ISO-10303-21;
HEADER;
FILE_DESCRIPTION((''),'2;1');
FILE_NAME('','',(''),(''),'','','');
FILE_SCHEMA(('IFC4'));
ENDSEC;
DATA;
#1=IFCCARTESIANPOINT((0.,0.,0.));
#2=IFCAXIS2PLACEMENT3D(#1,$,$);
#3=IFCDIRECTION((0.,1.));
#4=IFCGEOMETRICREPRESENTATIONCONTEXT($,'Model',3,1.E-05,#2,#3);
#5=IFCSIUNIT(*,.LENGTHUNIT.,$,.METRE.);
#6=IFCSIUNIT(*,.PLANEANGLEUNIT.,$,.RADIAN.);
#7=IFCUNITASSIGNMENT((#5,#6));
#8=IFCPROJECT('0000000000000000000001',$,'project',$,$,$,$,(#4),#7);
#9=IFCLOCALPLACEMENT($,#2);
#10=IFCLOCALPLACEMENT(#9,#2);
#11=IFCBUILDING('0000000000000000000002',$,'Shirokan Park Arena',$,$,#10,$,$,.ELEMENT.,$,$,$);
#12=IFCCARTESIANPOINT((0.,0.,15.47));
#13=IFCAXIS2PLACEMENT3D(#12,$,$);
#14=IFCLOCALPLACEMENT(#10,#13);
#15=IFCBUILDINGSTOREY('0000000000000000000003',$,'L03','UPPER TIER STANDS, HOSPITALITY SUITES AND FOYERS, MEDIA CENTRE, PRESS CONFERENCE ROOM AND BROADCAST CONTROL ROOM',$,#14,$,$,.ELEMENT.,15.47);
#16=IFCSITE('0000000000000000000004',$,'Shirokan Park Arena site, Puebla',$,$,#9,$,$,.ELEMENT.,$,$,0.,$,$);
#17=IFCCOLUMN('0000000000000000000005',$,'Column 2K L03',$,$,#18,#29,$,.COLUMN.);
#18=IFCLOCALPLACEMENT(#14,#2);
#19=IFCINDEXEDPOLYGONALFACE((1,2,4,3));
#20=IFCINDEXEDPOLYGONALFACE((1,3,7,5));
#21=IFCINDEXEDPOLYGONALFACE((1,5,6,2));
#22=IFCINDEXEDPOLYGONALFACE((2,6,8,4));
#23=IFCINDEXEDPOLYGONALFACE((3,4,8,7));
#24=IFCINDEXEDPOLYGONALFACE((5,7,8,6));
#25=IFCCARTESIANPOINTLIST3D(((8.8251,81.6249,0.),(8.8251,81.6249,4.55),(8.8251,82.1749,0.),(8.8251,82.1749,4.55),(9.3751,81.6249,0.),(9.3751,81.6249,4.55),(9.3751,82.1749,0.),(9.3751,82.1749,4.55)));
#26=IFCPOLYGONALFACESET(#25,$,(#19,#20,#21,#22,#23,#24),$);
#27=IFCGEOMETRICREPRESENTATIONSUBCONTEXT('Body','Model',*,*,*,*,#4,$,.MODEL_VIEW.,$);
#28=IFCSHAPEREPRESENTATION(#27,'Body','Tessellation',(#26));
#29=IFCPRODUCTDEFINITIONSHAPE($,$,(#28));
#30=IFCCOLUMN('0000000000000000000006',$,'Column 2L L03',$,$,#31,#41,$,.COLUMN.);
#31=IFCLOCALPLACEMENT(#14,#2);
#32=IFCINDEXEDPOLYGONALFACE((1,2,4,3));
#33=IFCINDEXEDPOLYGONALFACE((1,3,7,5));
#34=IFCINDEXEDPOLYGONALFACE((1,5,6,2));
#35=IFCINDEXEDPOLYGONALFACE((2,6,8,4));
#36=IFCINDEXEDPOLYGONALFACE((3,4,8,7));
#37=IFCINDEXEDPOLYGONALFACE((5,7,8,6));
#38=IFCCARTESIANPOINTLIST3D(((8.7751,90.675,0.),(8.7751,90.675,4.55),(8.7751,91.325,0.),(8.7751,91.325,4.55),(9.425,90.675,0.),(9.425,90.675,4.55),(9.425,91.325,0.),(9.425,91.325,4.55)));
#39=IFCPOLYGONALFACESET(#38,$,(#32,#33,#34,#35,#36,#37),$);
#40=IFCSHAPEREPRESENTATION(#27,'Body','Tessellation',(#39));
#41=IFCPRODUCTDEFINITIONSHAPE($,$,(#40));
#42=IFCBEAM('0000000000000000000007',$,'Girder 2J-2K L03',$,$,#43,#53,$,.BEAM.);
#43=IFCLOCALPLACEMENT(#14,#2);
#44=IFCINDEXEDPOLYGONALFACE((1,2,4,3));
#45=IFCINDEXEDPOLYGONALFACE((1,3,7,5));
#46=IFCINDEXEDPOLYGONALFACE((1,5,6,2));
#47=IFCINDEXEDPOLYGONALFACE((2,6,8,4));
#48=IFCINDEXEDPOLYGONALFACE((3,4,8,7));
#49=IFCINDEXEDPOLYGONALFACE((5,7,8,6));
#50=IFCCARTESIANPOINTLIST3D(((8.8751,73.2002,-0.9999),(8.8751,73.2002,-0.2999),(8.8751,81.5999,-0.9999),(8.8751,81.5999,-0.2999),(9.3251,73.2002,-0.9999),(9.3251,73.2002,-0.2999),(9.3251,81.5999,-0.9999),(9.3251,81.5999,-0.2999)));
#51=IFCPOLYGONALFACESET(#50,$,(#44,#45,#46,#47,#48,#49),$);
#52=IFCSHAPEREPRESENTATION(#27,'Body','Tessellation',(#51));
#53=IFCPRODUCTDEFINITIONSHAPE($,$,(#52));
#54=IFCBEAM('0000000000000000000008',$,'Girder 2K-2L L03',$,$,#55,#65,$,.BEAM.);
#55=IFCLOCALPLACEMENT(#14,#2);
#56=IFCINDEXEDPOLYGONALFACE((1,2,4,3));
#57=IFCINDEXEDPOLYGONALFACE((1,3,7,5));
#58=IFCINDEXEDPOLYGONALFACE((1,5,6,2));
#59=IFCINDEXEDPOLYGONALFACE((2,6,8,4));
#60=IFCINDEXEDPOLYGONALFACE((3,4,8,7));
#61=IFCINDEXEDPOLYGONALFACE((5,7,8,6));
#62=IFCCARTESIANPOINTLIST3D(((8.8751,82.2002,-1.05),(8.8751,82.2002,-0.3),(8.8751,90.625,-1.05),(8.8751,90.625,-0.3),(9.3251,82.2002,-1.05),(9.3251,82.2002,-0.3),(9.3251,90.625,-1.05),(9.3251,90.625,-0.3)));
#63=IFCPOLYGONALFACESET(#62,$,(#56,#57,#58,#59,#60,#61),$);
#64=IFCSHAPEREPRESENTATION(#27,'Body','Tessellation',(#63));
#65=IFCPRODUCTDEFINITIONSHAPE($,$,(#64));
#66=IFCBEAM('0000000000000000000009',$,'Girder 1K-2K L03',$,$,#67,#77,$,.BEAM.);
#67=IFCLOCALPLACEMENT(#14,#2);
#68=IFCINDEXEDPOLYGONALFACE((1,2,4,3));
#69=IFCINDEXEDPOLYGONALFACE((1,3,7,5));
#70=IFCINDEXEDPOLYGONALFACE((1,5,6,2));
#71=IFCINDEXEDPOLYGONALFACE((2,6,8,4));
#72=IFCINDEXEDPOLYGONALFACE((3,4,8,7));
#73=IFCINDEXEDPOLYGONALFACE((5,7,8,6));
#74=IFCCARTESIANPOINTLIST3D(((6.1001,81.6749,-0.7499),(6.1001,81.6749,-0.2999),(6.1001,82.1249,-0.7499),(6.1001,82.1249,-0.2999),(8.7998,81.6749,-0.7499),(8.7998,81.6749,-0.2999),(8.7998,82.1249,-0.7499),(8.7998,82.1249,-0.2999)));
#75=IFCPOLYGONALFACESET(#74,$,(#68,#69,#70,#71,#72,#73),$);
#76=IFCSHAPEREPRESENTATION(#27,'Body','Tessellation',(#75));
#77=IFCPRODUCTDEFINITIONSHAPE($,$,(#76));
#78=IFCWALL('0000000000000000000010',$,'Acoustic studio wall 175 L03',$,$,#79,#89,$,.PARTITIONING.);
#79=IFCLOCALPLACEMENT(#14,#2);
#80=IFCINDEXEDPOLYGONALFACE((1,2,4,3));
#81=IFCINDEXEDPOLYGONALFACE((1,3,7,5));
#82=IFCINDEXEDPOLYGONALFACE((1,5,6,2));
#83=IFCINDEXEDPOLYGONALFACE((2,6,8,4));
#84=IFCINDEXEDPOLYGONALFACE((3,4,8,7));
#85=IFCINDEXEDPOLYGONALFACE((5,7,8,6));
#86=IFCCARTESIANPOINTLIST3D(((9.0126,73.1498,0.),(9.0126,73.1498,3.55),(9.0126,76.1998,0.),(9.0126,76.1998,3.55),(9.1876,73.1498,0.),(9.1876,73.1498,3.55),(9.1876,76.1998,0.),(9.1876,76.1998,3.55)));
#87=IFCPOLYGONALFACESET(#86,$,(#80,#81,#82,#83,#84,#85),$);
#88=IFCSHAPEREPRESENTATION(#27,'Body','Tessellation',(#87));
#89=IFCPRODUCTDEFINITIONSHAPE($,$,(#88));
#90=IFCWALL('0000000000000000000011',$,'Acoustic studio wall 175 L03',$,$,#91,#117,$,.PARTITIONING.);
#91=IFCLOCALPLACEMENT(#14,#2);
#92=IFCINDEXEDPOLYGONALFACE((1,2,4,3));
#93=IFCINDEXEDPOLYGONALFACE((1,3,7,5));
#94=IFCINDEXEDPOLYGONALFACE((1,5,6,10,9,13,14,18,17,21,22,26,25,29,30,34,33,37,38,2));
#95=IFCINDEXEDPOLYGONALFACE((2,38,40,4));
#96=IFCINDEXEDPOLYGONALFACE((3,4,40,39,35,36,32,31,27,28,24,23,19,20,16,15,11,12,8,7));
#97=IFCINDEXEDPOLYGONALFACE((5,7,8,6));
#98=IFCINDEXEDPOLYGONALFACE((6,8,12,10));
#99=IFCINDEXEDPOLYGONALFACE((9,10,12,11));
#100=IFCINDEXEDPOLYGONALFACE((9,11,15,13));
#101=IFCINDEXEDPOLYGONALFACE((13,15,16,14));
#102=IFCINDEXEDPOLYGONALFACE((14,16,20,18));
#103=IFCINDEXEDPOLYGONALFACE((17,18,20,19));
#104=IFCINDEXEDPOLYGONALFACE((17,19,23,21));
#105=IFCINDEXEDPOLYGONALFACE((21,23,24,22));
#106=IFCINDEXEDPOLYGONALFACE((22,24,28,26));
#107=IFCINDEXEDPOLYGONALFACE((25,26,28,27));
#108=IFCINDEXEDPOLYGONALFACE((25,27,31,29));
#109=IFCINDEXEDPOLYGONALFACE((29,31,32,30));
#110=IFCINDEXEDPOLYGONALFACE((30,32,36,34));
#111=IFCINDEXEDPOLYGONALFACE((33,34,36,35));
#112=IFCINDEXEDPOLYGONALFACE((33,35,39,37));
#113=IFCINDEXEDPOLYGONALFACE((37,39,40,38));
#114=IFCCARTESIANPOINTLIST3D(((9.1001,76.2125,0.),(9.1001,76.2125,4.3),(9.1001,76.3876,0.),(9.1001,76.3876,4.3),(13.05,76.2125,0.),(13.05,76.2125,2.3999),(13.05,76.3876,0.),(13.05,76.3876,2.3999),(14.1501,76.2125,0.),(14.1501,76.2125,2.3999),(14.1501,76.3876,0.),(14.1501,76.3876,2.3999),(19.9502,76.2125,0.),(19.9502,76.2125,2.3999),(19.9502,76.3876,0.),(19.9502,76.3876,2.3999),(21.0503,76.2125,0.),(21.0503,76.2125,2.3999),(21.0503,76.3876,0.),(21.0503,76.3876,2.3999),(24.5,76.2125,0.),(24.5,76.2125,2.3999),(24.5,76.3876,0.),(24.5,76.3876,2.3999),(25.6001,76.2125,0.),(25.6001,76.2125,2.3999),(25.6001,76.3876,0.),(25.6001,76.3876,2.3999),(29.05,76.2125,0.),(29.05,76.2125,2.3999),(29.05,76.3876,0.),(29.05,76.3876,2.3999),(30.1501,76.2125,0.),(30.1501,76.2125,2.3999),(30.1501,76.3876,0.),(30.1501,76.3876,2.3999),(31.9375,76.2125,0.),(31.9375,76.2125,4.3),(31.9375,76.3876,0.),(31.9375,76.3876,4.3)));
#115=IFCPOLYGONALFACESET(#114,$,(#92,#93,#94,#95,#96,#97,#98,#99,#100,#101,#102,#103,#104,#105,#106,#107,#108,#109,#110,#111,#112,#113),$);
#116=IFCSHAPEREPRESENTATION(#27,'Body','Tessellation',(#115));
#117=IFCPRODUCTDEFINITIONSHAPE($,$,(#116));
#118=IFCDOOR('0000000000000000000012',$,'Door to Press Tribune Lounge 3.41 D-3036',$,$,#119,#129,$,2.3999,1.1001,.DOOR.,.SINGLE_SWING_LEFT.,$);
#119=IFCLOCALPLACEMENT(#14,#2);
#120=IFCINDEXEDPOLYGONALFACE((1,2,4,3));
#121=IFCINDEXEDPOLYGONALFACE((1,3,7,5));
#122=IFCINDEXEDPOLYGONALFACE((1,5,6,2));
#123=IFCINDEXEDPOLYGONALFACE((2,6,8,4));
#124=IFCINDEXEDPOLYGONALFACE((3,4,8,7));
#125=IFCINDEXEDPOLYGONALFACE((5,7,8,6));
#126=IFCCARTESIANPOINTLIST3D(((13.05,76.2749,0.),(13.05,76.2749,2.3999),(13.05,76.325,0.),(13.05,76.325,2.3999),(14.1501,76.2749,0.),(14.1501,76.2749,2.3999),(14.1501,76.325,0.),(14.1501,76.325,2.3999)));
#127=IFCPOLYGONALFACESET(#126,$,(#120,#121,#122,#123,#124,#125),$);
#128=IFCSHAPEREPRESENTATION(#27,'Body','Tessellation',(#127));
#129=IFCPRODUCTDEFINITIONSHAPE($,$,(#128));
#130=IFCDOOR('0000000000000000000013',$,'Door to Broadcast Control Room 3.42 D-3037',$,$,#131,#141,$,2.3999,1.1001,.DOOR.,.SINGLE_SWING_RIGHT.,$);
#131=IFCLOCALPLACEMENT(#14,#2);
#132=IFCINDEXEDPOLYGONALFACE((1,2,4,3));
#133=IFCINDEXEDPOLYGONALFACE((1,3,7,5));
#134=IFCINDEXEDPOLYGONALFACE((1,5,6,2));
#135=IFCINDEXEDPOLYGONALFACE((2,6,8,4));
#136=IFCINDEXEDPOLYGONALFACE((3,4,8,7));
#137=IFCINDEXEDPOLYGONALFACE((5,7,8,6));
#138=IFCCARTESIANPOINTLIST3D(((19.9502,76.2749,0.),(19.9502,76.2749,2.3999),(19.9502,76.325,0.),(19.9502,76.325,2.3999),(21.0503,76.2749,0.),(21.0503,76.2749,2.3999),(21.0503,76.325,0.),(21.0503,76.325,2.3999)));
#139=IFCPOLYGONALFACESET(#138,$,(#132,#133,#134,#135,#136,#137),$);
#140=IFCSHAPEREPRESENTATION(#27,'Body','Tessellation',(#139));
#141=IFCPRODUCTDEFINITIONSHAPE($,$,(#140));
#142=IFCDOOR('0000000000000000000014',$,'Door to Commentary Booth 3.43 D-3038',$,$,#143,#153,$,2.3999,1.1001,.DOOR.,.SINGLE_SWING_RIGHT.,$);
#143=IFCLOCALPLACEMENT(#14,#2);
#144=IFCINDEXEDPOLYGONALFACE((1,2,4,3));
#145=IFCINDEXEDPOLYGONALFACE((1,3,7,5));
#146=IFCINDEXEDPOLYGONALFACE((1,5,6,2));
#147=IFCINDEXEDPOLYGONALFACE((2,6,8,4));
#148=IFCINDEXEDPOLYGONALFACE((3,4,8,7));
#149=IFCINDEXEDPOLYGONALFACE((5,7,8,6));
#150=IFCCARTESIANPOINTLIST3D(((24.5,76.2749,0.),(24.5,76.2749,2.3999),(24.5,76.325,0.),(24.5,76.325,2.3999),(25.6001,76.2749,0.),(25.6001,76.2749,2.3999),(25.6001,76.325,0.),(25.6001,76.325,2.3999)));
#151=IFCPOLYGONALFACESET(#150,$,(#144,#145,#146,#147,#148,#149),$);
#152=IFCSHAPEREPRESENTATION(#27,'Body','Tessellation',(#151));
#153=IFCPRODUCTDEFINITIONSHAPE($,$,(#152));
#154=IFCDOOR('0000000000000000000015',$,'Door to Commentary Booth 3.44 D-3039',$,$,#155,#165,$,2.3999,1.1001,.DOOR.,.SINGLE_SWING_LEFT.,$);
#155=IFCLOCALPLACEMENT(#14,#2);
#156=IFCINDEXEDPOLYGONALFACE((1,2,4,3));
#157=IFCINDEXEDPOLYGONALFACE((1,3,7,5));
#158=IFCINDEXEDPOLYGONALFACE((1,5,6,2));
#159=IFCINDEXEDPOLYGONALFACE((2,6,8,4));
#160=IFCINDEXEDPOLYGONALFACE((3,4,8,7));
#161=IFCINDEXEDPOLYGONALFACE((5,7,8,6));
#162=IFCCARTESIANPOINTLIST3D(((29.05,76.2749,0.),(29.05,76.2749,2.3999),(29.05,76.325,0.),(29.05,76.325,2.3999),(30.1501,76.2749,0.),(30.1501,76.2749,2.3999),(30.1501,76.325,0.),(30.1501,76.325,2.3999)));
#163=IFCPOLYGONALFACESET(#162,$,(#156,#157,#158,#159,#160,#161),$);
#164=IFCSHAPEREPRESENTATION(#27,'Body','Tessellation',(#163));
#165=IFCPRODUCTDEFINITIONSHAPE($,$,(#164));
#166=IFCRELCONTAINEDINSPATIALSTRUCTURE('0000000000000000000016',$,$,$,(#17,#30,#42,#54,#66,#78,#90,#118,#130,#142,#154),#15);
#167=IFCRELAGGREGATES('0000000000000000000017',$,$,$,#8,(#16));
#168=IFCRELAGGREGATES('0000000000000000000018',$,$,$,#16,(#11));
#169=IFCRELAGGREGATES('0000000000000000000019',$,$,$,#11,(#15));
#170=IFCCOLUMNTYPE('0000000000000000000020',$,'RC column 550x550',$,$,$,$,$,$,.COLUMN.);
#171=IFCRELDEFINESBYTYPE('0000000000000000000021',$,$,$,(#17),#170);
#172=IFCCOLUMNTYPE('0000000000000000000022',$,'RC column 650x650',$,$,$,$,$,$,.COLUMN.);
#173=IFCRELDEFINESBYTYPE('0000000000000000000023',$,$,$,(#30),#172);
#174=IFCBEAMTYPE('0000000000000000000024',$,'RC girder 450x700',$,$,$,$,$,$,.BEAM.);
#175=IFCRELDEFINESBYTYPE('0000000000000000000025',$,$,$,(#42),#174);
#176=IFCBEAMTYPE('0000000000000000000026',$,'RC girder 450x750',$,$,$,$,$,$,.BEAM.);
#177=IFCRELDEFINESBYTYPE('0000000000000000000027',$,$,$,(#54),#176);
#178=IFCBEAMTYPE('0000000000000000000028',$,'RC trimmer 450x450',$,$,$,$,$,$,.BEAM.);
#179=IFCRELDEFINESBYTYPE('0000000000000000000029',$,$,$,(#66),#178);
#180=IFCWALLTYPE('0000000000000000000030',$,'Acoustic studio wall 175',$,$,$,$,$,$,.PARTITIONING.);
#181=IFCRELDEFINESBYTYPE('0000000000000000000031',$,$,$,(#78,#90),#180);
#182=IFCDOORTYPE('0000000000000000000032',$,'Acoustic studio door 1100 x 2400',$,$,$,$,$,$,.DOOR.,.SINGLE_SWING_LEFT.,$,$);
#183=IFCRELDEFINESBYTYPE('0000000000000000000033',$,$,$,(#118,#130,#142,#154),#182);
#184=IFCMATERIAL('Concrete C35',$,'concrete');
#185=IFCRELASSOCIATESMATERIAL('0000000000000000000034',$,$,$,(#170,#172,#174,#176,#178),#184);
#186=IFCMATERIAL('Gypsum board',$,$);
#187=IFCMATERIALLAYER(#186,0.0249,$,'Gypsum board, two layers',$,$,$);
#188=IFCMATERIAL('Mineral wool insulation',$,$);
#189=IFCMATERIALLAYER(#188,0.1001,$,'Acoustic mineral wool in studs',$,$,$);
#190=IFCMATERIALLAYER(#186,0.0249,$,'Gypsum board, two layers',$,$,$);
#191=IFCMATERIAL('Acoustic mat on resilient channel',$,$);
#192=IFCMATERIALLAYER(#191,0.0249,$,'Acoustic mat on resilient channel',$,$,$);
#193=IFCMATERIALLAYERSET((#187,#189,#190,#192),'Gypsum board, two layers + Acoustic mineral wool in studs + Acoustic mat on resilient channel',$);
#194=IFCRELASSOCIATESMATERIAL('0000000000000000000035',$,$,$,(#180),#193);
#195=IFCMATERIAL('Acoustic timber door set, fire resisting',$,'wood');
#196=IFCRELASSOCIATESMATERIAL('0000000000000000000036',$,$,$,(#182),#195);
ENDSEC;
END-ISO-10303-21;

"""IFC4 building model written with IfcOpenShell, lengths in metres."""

from ifc_helpers import new_model, si_unit, direction, frame, frame_2d, origin, origin_2d, place, context, subcontext, project, spatial, rectangle, extrude, material, layer, layer_set, material_profile, profile_set, type_object, element, fill, save


model = new_model("IFC4")

# Units and contexts
model_context = context("Model", 3, precision=1e-05, world=origin(), true_north=direction((0.0, 1.0)))
body_context = subcontext(model_context, "Body", "Model", "MODEL_VIEW")
ifc_project = project(units=[si_unit("LENGTHUNIT", "METRE"), si_unit("PLANEANGLEUNIT", "RADIAN")], contexts=[model_context])

# Site, building, storey
site_placement = place(None, origin())
site = spatial("IfcSite", under=ifc_project, at=site_placement, Name="Shirokan Park Arena site, Puebla", CompositionType="ELEMENT", RefElevation=0.0)
building_placement = place(site_placement, origin())
building = spatial("IfcBuilding", under=site, at=building_placement, Name="Shirokan Park Arena", CompositionType="ELEMENT")
storey_placement = place(building_placement, frame((0.0, 0.0, 15.47)))
storey = spatial("IfcBuildingStorey", under=building, at=storey_placement, Name="L03", Description="UPPER TIER STANDS, HOSPITALITY SUITES AND FOYERS, MEDIA CENTRE, PRESS CONFERENCE ROOM AND BROADCAST CONTROL ROOM", CompositionType="ELEMENT", Elevation=15.47)

# Columns
ifc_material_1 = material(Name="Concrete C35", Category="concrete")
ifc_material_profile_1 = material_profile(ifc_material_1, rectangle(XDim=0.55, YDim=0.55, at=origin_2d()), Name="550x550")
ifc_profile_set_1 = profile_set([ifc_material_profile_1], Name="Concrete C35")
column_type_1 = type_object("IfcColumnType", Name="RC column 550x550", PredefinedType="COLUMN", material=ifc_profile_set_1)
column_1_placement = place(storey_placement, frame((9.1001, 81.8999, 0.0), z_axis=(0.0, 0.0, 1.0), x_axis=(1.0, 0.0, 0.0)))
element("IfcColumn", 1, at=column_1_placement, inside=storey, type_object=column_type_1, Name="Column 2K L03", PredefinedType="COLUMN", context=body_context, shape_type="SweptSolid", body=[
    extrude(rectangle(XDim=0.55, YDim=0.55, at=origin_2d()), origin(), (0.0, 0.0, 1.0), 4.55),
])
ifc_material_profile_2 = material_profile(ifc_material_1, rectangle(XDim=0.6499, YDim=0.6499, at=origin_2d()), Name="650x650")
ifc_profile_set_2 = profile_set([ifc_material_profile_2], Name="Concrete C35")
column_type_2 = type_object("IfcColumnType", Name="RC column 650x650", PredefinedType="COLUMN", material=ifc_profile_set_2)
column_2_placement = place(storey_placement, frame((9.1001, 91.0, 0.0), z_axis=(0.0, 0.0, 1.0), x_axis=(1.0, 0.0, 0.0)))
element("IfcColumn", 2, at=column_2_placement, inside=storey, type_object=column_type_2, Name="Column 2L L03", PredefinedType="COLUMN", context=body_context, shape_type="SweptSolid", body=[
    extrude(rectangle(XDim=0.6499, YDim=0.6499, at=origin_2d()), origin(), (0.0, 0.0, 1.0), 4.55),
])

# Beams
ifc_material_profile_3 = material_profile(ifc_material_1, rectangle(XDim=0.45, YDim=0.7, at=origin_2d()), Name="450x700")
ifc_profile_set_3 = profile_set([ifc_material_profile_3], Name="Concrete C35")
beam_type_1 = type_object("IfcBeamType", Name="RC girder 450x700", PredefinedType="BEAM", material=ifc_profile_set_3)
beam_1_placement = place(storey_placement, frame((9.1001, 73.2002, -0.6499), z_axis=(0.0, 1.0, 0.0), x_axis=(-1.0, 0.0, 0.0)))
element("IfcBeam", 3, at=beam_1_placement, inside=storey, type_object=beam_type_1, Name="Girder 2J-2K L03", PredefinedType="BEAM", context=body_context, shape_type="SweptSolid", body=[
    extrude(rectangle(XDim=0.45, YDim=0.7, at=origin_2d()), origin(), (0.0, 0.0, 1.0), 8.3997),
])
ifc_material_profile_4 = material_profile(ifc_material_1, rectangle(XDim=0.45, YDim=0.75, at=origin_2d()), Name="450x750")
ifc_profile_set_4 = profile_set([ifc_material_profile_4], Name="Concrete C35")
beam_type_2 = type_object("IfcBeamType", Name="RC girder 450x750", PredefinedType="BEAM", material=ifc_profile_set_4)
beam_2_placement = place(storey_placement, frame((9.1001, 82.2002, -0.675), z_axis=(0.0, 1.0, 0.0), x_axis=(-1.0, 0.0, 0.0)))
element("IfcBeam", 4, at=beam_2_placement, inside=storey, type_object=beam_type_2, Name="Girder 2K-2L L03", PredefinedType="BEAM", context=body_context, shape_type="SweptSolid", body=[
    extrude(rectangle(XDim=0.45, YDim=0.75, at=origin_2d()), origin(), (0.0, 0.0, 1.0), 8.4248),
])
ifc_material_profile_5 = material_profile(ifc_material_1, rectangle(XDim=0.45, YDim=0.45, at=origin_2d()), Name="450x450")
ifc_profile_set_5 = profile_set([ifc_material_profile_5], Name="Concrete C35")
beam_type_3 = type_object("IfcBeamType", Name="RC trimmer 450x450", PredefinedType="BEAM", material=ifc_profile_set_5)
beam_3_placement = place(storey_placement, frame((6.1001, 81.8999, -0.5249), z_axis=(1.0, 0.0, 0.0), x_axis=(0.0, 1.0, 0.0)))
element("IfcBeam", 5, at=beam_3_placement, inside=storey, type_object=beam_type_3, Name="Girder 1K-2K L03", PredefinedType="BEAM", context=body_context, shape_type="SweptSolid", body=[
    extrude(rectangle(XDim=0.45, YDim=0.45, at=origin_2d()), origin(), (0.0, 0.0, 1.0), 2.6997),
])

# Wall
ifc_material_2 = material(Name="Gypsum board")
ifc_layer_1 = layer(ifc_material_2, 0.0249, Name="Gypsum board, two layers")
ifc_material_3 = material(Name="Mineral wool insulation")
ifc_layer_2 = layer(ifc_material_3, 0.1001, Name="Acoustic mineral wool in studs")
ifc_layer_3 = layer(ifc_material_2, 0.0249, Name="Gypsum board, two layers")
ifc_material_4 = material(Name="Acoustic mat on resilient channel")
ifc_layer_4 = layer(ifc_material_4, 0.0249, Name="Acoustic mat on resilient channel")
ifc_layer_set_1 = layer_set([ifc_layer_1, ifc_layer_2, ifc_layer_3, ifc_layer_4], Name="Gypsum board, two layers + Acoustic mineral wool in studs + Acoustic mat on resilient channel")
wall_type_1 = type_object("IfcWallType", Name="Acoustic studio wall 175", PredefinedType="PARTITIONING", material=ifc_layer_set_1)
wall_1_placement = place(storey_placement, frame((9.1001, 73.1499, 0.0), z_axis=(0.0, 0.0, 1.0), x_axis=(0.0, 1.0, 0.0)))
element("IfcWall", 6, at=wall_1_placement, inside=storey, type_object=wall_type_1, Name="Acoustic studio wall 175 L03", PredefinedType="PARTITIONING", context=body_context, shape_type="SweptSolid", body=[
    extrude(rectangle(XDim=3.05, YDim=0.175, at=frame_2d((1.5249, 0.0))), origin(), (0.0, 0.0, 1.0), 3.55),
])

# Wall, openings, doors
wall_2_placement = place(storey_placement, frame((9.1001, 76.3, 0.0), z_axis=(0.0, 0.0, 1.0), x_axis=(1.0, 0.0, 0.0)))
wall_2 = element("IfcWall", 7, at=wall_2_placement, inside=storey, type_object=wall_type_1, Name="Acoustic studio wall 175 L03", PredefinedType="PARTITIONING", context=body_context, shape_type="SweptSolid", body=[
    extrude(rectangle(XDim=22.8374, YDim=0.175, at=frame_2d((11.4187, 0.0))), origin(), (0.0, 0.0, 1.0), 4.3),
])
opening_1_placement = place(wall_2_placement, frame((3.95, 0.0, 0.0)))
opening_1 = element("IfcOpeningElement", 8, at=opening_1_placement, cuts=wall_2, PredefinedType="OPENING", context=body_context, shape_type="SweptSolid", body=[
    extrude(rectangle(XDim=1.1001, YDim=2.3999, at=frame_2d((0.55, 1.2))), frame((0.0, 0.0974, 0.0), z_axis=(0.0, -1.0, 0.0), x_axis=(1.0, 0.0, 0.0)), (0.0, 0.0, 1.0), 0.1951),
])
opening_2_placement = place(wall_2_placement, frame((10.8501, 0.0, 0.0)))
opening_2 = element("IfcOpeningElement", 9, at=opening_2_placement, cuts=wall_2, PredefinedType="OPENING", context=body_context, shape_type="SweptSolid", body=[
    extrude(rectangle(XDim=1.1001, YDim=2.3999, at=frame_2d((0.55, 1.2))), frame((0.0, 0.0974, 0.0), z_axis=(0.0, -1.0, 0.0), x_axis=(1.0, 0.0, 0.0)), (0.0, 0.0, 1.0), 0.1951),
])
opening_3_placement = place(wall_2_placement, frame((15.3999, 0.0, 0.0)))
opening_3 = element("IfcOpeningElement", 10, at=opening_3_placement, cuts=wall_2, PredefinedType="OPENING", context=body_context, shape_type="SweptSolid", body=[
    extrude(rectangle(XDim=1.1001, YDim=2.3999, at=frame_2d((0.55, 1.2))), frame((0.0, 0.0974, 0.0), z_axis=(0.0, -1.0, 0.0), x_axis=(1.0, 0.0, 0.0)), (0.0, 0.0, 1.0), 0.1951),
])
opening_4_placement = place(wall_2_placement, frame((19.95, 0.0, 0.0)))
opening_4 = element("IfcOpeningElement", 11, at=opening_4_placement, cuts=wall_2, PredefinedType="OPENING", context=body_context, shape_type="SweptSolid", body=[
    extrude(rectangle(XDim=1.1001, YDim=2.3999, at=frame_2d((0.55, 1.2))), frame((0.0, 0.0974, 0.0), z_axis=(0.0, -1.0, 0.0), x_axis=(1.0, 0.0, 0.0)), (0.0, 0.0, 1.0), 0.1951),
])
ifc_material_5 = material(Name="Acoustic timber door set, fire resisting", Category="wood")
door_type_1 = type_object("IfcDoorType", Name="Acoustic studio door 1100 x 2400", OperationType="SINGLE_SWING_LEFT", PredefinedType="DOOR", material=ifc_material_5)
door_1_placement = place(opening_1_placement, origin())
door_1 = element("IfcDoor", 12, at=door_1_placement, inside=storey, type_object=door_type_1, Name="Door to Press Tribune Lounge 3.41 D-3036", OperationType="SINGLE_SWING_LEFT", OverallHeight=2.3999, OverallWidth=1.1001, PredefinedType="DOOR", context=body_context, shape_type="SweptSolid", body=[
    extrude(rectangle(XDim=1.1001, YDim=2.3999, at=frame_2d((0.55, 1.2))), frame((0.0, 0.0249, 0.0), z_axis=(0.0, -1.0, 0.0), x_axis=(1.0, 0.0, 0.0)), (0.0, 0.0, 1.0), 0.05),
])
fill(opening_1, door_1)
door_2_placement = place(opening_2_placement, origin())
door_2 = element("IfcDoor", 13, at=door_2_placement, inside=storey, type_object=door_type_1, Name="Door to Broadcast Control Room 3.42 D-3037", OperationType="SINGLE_SWING_RIGHT", OverallHeight=2.3999, OverallWidth=1.1001, PredefinedType="DOOR", context=body_context, shape_type="SweptSolid", body=[
    extrude(rectangle(XDim=1.1001, YDim=2.3999, at=frame_2d((0.55, 1.2))), frame((0.0, 0.0249, 0.0), z_axis=(0.0, -1.0, 0.0), x_axis=(1.0, 0.0, 0.0)), (0.0, 0.0, 1.0), 0.05),
])
fill(opening_2, door_2)
door_3_placement = place(opening_3_placement, origin())
door_3 = element("IfcDoor", 14, at=door_3_placement, inside=storey, type_object=door_type_1, Name="Door to Commentary Booth 3.43 D-3038", OperationType="SINGLE_SWING_RIGHT", OverallHeight=2.3999, OverallWidth=1.1001, PredefinedType="DOOR", context=body_context, shape_type="SweptSolid", body=[
    extrude(rectangle(XDim=1.1001, YDim=2.3999, at=frame_2d((0.55, 1.2))), frame((0.0, 0.0249, 0.0), z_axis=(0.0, -1.0, 0.0), x_axis=(1.0, 0.0, 0.0)), (0.0, 0.0, 1.0), 0.05),
])
fill(opening_3, door_3)
door_4_placement = place(opening_4_placement, origin())
door_4 = element("IfcDoor", 15, at=door_4_placement, inside=storey, type_object=door_type_1, Name="Door to Commentary Booth 3.44 D-3039", OperationType="SINGLE_SWING_LEFT", OverallHeight=2.3999, OverallWidth=1.1001, PredefinedType="DOOR", context=body_context, shape_type="SweptSolid", body=[
    extrude(rectangle(XDim=1.1001, YDim=2.3999, at=frame_2d((0.55, 1.2))), frame((0.0, 0.0249, 0.0), z_axis=(0.0, -1.0, 0.0), x_axis=(1.0, 0.0, 0.0)), (0.0, 0.0, 1.0), 0.05),
])
fill(opening_4, door_4)

save(model, "model.ifc")
